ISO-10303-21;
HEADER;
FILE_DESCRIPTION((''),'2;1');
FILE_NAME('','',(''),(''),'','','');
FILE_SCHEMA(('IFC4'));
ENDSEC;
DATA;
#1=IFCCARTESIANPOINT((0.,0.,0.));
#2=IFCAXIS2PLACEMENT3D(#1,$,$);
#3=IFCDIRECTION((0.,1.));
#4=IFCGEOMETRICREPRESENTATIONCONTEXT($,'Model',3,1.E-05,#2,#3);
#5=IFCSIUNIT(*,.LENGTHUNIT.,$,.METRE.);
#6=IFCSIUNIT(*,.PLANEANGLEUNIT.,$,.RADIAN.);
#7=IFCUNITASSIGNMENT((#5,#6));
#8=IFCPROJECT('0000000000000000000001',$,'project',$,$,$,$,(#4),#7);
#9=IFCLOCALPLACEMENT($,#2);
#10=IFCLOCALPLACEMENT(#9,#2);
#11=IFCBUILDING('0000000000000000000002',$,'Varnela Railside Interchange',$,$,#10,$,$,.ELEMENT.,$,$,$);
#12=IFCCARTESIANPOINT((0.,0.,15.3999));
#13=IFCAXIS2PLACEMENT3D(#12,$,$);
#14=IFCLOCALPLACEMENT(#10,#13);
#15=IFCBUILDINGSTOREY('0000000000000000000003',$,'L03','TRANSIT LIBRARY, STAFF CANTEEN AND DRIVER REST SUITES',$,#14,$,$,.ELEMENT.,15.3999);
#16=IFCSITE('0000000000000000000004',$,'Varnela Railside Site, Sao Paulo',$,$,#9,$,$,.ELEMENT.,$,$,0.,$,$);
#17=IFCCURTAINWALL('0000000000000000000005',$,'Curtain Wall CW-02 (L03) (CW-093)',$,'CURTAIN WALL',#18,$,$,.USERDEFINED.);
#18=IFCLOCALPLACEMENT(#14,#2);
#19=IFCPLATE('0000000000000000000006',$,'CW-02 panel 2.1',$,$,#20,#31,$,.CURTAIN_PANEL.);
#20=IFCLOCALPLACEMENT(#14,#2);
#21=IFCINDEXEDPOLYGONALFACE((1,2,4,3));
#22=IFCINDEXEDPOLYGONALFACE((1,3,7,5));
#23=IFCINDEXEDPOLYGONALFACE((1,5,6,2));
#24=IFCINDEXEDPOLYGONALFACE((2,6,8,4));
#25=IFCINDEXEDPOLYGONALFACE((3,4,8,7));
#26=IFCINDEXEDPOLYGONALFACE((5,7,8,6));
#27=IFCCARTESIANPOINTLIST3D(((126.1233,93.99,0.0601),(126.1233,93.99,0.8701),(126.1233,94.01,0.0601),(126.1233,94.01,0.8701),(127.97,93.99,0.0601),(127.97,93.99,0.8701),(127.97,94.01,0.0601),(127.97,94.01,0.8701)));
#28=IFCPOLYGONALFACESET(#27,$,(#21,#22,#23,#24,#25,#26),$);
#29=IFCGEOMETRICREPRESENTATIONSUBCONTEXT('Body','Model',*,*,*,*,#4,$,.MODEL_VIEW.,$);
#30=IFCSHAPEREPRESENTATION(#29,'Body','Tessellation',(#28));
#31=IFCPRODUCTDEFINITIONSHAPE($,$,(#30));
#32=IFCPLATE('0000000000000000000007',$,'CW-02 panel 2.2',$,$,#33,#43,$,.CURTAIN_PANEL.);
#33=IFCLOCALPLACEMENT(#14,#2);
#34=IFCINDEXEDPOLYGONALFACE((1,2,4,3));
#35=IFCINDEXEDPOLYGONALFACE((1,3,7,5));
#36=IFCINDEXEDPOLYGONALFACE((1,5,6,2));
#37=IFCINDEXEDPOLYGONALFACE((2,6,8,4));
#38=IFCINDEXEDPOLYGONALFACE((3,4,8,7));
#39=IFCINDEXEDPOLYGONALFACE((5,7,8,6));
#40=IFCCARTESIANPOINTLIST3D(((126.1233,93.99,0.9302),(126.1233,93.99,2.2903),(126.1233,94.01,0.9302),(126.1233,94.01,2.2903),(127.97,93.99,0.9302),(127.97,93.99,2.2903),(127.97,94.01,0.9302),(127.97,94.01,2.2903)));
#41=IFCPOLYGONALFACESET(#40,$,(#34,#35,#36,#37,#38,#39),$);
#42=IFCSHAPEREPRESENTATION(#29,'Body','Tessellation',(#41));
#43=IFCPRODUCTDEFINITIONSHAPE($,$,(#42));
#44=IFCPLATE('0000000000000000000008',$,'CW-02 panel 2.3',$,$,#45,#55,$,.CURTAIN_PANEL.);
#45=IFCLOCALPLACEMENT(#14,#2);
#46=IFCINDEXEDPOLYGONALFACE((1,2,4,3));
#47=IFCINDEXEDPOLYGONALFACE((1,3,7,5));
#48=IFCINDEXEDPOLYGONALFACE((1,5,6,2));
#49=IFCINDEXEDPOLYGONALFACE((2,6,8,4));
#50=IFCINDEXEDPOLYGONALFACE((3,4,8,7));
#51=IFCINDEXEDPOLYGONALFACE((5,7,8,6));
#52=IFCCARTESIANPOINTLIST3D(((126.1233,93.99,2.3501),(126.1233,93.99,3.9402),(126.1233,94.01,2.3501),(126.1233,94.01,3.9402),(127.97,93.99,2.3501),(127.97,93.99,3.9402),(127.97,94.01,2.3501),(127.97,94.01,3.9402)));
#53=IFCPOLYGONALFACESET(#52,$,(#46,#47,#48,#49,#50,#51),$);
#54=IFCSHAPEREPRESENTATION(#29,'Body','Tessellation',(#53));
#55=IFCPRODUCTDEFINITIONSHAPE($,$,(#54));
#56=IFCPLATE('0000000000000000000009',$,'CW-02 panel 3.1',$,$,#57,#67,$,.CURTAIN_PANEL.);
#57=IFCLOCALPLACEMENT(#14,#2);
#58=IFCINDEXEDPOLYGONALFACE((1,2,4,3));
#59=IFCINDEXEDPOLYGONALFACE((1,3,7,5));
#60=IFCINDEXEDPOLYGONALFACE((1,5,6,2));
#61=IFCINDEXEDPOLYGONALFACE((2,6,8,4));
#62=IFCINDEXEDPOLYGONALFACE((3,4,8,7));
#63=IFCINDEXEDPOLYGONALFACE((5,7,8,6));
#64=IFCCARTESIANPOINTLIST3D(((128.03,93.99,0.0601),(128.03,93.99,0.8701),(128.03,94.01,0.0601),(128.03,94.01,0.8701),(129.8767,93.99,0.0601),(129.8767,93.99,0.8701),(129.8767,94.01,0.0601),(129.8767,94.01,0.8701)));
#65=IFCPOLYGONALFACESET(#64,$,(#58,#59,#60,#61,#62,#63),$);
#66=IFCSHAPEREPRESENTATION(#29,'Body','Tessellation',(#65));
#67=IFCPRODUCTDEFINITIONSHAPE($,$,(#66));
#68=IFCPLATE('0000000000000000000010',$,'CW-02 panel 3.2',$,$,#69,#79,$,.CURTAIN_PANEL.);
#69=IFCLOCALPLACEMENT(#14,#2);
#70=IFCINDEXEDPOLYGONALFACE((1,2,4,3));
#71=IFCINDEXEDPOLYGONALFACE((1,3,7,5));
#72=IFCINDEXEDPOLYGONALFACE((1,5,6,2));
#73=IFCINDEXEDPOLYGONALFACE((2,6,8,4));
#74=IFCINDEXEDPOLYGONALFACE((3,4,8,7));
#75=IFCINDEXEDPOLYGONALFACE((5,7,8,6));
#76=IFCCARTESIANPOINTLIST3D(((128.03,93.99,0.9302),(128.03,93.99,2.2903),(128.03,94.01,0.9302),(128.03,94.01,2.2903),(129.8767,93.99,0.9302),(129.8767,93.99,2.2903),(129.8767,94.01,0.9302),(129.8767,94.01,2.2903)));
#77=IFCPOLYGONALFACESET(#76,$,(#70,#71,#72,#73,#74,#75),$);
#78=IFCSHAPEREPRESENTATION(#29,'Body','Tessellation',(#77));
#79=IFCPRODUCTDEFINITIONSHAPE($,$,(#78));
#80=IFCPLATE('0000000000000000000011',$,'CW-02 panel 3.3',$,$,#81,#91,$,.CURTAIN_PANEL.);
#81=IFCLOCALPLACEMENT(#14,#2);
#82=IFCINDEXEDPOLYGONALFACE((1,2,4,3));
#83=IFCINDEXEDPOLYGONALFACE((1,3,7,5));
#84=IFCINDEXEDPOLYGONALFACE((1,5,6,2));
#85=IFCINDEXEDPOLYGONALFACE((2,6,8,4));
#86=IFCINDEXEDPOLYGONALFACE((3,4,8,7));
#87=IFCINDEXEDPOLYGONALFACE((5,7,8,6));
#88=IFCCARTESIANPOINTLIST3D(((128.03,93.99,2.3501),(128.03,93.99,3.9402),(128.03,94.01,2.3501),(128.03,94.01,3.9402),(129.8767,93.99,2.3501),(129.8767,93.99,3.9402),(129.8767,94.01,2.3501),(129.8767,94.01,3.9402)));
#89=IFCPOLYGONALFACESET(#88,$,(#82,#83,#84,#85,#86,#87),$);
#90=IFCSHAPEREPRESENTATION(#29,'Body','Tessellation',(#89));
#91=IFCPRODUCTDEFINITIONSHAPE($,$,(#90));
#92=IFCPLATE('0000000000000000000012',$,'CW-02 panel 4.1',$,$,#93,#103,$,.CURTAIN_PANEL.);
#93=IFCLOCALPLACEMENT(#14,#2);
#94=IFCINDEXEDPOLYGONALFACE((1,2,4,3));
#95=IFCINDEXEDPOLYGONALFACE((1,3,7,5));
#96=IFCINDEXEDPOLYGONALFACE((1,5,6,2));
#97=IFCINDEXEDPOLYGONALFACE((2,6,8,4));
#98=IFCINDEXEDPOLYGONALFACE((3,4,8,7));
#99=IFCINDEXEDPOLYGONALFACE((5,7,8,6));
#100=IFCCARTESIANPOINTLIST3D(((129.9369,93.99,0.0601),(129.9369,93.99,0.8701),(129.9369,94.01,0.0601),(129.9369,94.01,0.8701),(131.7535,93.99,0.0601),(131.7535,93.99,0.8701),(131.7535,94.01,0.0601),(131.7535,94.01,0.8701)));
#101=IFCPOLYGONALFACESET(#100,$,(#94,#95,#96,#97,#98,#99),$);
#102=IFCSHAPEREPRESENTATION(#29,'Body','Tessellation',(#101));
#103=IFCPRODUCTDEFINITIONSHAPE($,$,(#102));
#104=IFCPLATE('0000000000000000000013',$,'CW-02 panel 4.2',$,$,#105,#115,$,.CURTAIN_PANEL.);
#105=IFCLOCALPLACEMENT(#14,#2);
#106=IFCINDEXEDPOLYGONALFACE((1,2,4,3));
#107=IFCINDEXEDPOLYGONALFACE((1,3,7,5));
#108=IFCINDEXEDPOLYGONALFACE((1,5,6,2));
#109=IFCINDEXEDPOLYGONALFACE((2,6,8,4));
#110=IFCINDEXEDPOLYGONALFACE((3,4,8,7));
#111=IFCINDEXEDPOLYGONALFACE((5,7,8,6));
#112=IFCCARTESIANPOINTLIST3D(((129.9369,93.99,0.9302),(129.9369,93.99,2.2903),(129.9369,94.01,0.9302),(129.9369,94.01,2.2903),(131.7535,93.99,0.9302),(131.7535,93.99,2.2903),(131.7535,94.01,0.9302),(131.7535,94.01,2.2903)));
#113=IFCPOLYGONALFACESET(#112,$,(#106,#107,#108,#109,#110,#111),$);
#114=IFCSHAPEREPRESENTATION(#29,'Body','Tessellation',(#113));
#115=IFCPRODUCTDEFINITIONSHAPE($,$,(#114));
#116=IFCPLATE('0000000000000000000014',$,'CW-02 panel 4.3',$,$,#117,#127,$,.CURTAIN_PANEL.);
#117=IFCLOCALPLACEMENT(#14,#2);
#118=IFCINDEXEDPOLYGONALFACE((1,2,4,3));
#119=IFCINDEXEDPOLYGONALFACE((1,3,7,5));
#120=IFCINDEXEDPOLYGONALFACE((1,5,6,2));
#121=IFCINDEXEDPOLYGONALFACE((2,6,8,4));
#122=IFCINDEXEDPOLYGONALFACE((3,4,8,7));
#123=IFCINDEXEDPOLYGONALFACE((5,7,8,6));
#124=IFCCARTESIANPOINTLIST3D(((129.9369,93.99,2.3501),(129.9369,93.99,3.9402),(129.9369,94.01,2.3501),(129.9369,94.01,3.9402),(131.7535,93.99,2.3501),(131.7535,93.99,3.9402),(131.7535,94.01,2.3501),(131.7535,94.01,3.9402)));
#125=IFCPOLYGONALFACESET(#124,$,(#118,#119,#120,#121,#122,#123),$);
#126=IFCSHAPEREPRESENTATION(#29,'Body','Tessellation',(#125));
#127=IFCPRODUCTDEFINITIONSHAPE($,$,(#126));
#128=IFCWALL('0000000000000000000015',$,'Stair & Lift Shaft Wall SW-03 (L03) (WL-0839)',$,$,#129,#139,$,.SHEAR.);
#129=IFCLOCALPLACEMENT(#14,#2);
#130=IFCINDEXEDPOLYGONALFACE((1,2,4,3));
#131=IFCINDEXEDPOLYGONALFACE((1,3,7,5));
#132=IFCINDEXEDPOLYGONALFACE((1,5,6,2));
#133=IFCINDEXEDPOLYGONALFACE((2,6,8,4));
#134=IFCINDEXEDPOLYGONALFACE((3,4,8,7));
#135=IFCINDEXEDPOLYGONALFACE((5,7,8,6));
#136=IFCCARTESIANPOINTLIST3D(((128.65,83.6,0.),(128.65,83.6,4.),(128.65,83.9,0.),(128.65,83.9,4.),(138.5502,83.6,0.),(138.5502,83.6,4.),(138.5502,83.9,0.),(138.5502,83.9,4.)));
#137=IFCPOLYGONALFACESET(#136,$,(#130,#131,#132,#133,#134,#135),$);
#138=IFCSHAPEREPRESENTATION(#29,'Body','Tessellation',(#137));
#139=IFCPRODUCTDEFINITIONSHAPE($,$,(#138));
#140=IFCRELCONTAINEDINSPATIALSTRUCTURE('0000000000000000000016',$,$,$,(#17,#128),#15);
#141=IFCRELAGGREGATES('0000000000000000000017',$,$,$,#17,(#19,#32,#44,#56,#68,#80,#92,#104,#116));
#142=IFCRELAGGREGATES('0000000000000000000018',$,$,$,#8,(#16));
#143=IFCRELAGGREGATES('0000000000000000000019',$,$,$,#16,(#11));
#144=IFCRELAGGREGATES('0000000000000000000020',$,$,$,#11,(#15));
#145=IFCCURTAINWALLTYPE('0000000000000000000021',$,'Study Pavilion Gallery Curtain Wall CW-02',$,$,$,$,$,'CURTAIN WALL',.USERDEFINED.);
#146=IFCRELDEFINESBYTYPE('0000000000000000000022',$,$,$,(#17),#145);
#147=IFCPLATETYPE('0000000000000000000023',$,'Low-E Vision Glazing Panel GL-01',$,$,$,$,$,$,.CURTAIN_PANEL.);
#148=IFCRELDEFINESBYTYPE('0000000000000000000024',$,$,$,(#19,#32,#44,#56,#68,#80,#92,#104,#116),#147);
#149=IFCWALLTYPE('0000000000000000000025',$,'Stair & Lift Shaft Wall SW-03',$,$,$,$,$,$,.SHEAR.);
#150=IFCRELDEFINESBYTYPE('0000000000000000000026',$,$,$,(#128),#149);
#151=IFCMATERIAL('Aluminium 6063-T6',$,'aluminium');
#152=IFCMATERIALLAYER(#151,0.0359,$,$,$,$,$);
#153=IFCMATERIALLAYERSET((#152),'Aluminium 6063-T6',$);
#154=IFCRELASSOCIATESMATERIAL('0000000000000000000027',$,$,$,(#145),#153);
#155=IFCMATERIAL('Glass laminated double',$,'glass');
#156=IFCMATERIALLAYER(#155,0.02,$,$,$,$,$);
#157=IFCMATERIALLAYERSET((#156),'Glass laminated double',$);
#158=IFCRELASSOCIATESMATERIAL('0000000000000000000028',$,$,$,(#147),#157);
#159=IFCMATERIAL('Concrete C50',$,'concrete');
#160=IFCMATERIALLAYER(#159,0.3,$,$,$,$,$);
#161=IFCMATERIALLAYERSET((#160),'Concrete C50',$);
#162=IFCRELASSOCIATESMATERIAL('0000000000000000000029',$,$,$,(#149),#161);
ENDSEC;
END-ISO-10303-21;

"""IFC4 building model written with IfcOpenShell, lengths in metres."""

from ifc_helpers import new_model, si_unit, direction, frame, frame_2d, origin, origin_2d, place, context, subcontext, project, spatial, rectangle, extrude, material, layer, layer_set, type_object, element, aggregate, save


model = new_model("IFC4")

# Units and contexts
model_context = context("Model", 3, precision=1e-05, world=origin(), true_north=direction((0.0, 1.0)))
body_context = subcontext(model_context, "Body", "Model", "MODEL_VIEW")
ifc_project = project(units=[si_unit("LENGTHUNIT", "METRE"), si_unit("PLANEANGLEUNIT", "RADIAN")], contexts=[model_context])

# Site, building, storey
site_placement = place(None, origin())
site = spatial("IfcSite", under=ifc_project, at=site_placement, Name="Varnela Railside Site, Sao Paulo", CompositionType="ELEMENT", RefElevation=0.0)
building_placement = place(site_placement, origin())
building = spatial("IfcBuilding", under=site, at=building_placement, Name="Varnela Railside Interchange", CompositionType="ELEMENT")
storey_placement = place(building_placement, frame((0.0, 0.0, 15.3999)))
storey = spatial("IfcBuildingStorey", under=building, at=storey_placement, Name="L03", Description="TRANSIT LIBRARY, STAFF CANTEEN AND DRIVER REST SUITES", CompositionType="ELEMENT", Elevation=15.3999)

# Curtain wall, plates
ifc_material_1 = material(Name="Aluminium 6063-T6", Category="aluminium")
ifc_layer_1 = layer(ifc_material_1, 0.0359)
ifc_layer_set_1 = layer_set([ifc_layer_1], Name="Aluminium 6063-T6")
curtain_wall_type = type_object("IfcCurtainWallType", Name="Study Pavilion Gallery Curtain Wall CW-02", ElementType="CURTAIN WALL", PredefinedType="USERDEFINED", material=ifc_layer_set_1)
curtain_wall_placement = place(storey_placement, origin())
curtain_wall = element("IfcCurtainWall", 1, at=curtain_wall_placement, inside=storey, type_object=curtain_wall_type, Name="Curtain Wall CW-02 (L03) (CW-093)", ObjectType="CURTAIN WALL", PredefinedType="USERDEFINED")
ifc_material_2 = material(Name="Glass laminated double", Category="glass")
ifc_layer_2 = layer(ifc_material_2, 0.02)
ifc_layer_set_2 = layer_set([ifc_layer_2], Name="Glass laminated double")
plate_type = type_object("IfcPlateType", Name="Low-E Vision Glazing Panel GL-01", PredefinedType="CURTAIN_PANEL", material=ifc_layer_set_2)
plate_1_placement = place(storey_placement, frame((127.0466, 94.0, 0.0601), z_axis=(0.0, 0.0, 1.0), x_axis=(1.0, 0.0, 0.0)))
plate_1 = element("IfcPlate", 2, at=plate_1_placement, type_object=plate_type, Name="CW-02 panel 2.1", PredefinedType="CURTAIN_PANEL", context=body_context, shape_type="SweptSolid", body=[
    extrude(rectangle(XDim=1.8467, YDim=0.02, at=origin_2d()), origin(), (0.0, 0.0, 1.0), 0.8101),
])
plate_2_placement = place(storey_placement, frame((127.0466, 94.0, 0.9302), z_axis=(0.0, 0.0, 1.0), x_axis=(1.0, 0.0, 0.0)))
plate_2 = element("IfcPlate", 3, at=plate_2_placement, type_object=plate_type, Name="CW-02 panel 2.2", PredefinedType="CURTAIN_PANEL", context=body_context, shape_type="SweptSolid", body=[
    extrude(rectangle(XDim=1.8467, YDim=0.02, at=origin_2d()), origin(), (0.0, 0.0, 1.0), 1.3601),
])
plate_3_placement = place(storey_placement, frame((127.0466, 94.0, 2.3501), z_axis=(0.0, 0.0, 1.0), x_axis=(1.0, 0.0, 0.0)))
plate_3 = element("IfcPlate", 4, at=plate_3_placement, type_object=plate_type, Name="CW-02 panel 2.3", PredefinedType="CURTAIN_PANEL", context=body_context, shape_type="SweptSolid", body=[
    extrude(rectangle(XDim=1.8467, YDim=0.02, at=origin_2d()), origin(), (0.0, 0.0, 1.0), 1.5901),
])
plate_4_placement = place(storey_placement, frame((128.9534, 94.0, 0.0601), z_axis=(0.0, 0.0, 1.0), x_axis=(1.0, 0.0, 0.0)))
plate_4 = element("IfcPlate", 5, at=plate_4_placement, type_object=plate_type, Name="CW-02 panel 3.1", PredefinedType="CURTAIN_PANEL", context=body_context, shape_type="SweptSolid", body=[
    extrude(rectangle(XDim=1.8467, YDim=0.02, at=origin_2d()), origin(), (0.0, 0.0, 1.0), 0.8101),
])
plate_5_placement = place(storey_placement, frame((128.9534, 94.0, 0.9302), z_axis=(0.0, 0.0, 1.0), x_axis=(1.0, 0.0, 0.0)))
plate_5 = element("IfcPlate", 6, at=plate_5_placement, type_object=plate_type, Name="CW-02 panel 3.2", PredefinedType="CURTAIN_PANEL", context=body_context, shape_type="SweptSolid", body=[
    extrude(rectangle(XDim=1.8467, YDim=0.02, at=origin_2d()), origin(), (0.0, 0.0, 1.0), 1.3601),
])
plate_6_placement = place(storey_placement, frame((128.9534, 94.0, 2.3501), z_axis=(0.0, 0.0, 1.0), x_axis=(1.0, 0.0, 0.0)))
plate_6 = element("IfcPlate", 7, at=plate_6_placement, type_object=plate_type, Name="CW-02 panel 3.3", PredefinedType="CURTAIN_PANEL", context=body_context, shape_type="SweptSolid", body=[
    extrude(rectangle(XDim=1.8467, YDim=0.02, at=origin_2d()), origin(), (0.0, 0.0, 1.0), 1.5901),
])
plate_7_placement = place(storey_placement, frame((130.8452, 94.0, 0.0601), z_axis=(0.0, 0.0, 1.0), x_axis=(1.0, 0.0, 0.0)))
plate_7 = element("IfcPlate", 8, at=plate_7_placement, type_object=plate_type, Name="CW-02 panel 4.1", PredefinedType="CURTAIN_PANEL", context=body_context, shape_type="SweptSolid", body=[
    extrude(rectangle(XDim=1.8167, YDim=0.02, at=origin_2d()), origin(), (0.0, 0.0, 1.0), 0.8101),
])
plate_8_placement = place(storey_placement, frame((130.8452, 94.0, 0.9302), z_axis=(0.0, 0.0, 1.0), x_axis=(1.0, 0.0, 0.0)))
plate_8 = element("IfcPlate", 9, at=plate_8_placement, type_object=plate_type, Name="CW-02 panel 4.2", PredefinedType="CURTAIN_PANEL", context=body_context, shape_type="SweptSolid", body=[
    extrude(rectangle(XDim=1.8167, YDim=0.02, at=origin_2d()), origin(), (0.0, 0.0, 1.0), 1.3601),
])
plate_9_placement = place(storey_placement, frame((130.8452, 94.0, 2.3501), z_axis=(0.0, 0.0, 1.0), x_axis=(1.0, 0.0, 0.0)))
plate_9 = element("IfcPlate", 10, at=plate_9_placement, type_object=plate_type, Name="CW-02 panel 4.3", PredefinedType="CURTAIN_PANEL", context=body_context, shape_type="SweptSolid", body=[
    extrude(rectangle(XDim=1.8167, YDim=0.02, at=origin_2d()), origin(), (0.0, 0.0, 1.0), 1.5901),
])
aggregate(curtain_wall, [plate_1, plate_2, plate_3, plate_4, plate_5, plate_6, plate_7, plate_8, plate_9])

# Wall
ifc_material_3 = material(Name="Concrete C50", Category="concrete")
ifc_layer_3 = layer(ifc_material_3, 0.3)
ifc_layer_set_3 = layer_set([ifc_layer_3], Name="Concrete C50")
wall_type = type_object("IfcWallType", Name="Stair & Lift Shaft Wall SW-03", PredefinedType="SHEAR", material=ifc_layer_set_3)
wall_placement = place(storey_placement, frame((128.6499, 83.75, 0.0), z_axis=(0.0, 0.0, 1.0), x_axis=(1.0, 0.0, 0.0)))
element("IfcWall", 11, at=wall_placement, inside=storey, type_object=wall_type, Name="Stair & Lift Shaft Wall SW-03 (L03) (WL-0839)", PredefinedType="SHEAR", context=body_context, shape_type="SweptSolid", body=[
    extrude(rectangle(XDim=9.9001, YDim=0.3, at=frame_2d((4.9502, 0.0))), origin(), (0.0, 0.0, 1.0), 4.0),
])

save(model, "model.ifc")
